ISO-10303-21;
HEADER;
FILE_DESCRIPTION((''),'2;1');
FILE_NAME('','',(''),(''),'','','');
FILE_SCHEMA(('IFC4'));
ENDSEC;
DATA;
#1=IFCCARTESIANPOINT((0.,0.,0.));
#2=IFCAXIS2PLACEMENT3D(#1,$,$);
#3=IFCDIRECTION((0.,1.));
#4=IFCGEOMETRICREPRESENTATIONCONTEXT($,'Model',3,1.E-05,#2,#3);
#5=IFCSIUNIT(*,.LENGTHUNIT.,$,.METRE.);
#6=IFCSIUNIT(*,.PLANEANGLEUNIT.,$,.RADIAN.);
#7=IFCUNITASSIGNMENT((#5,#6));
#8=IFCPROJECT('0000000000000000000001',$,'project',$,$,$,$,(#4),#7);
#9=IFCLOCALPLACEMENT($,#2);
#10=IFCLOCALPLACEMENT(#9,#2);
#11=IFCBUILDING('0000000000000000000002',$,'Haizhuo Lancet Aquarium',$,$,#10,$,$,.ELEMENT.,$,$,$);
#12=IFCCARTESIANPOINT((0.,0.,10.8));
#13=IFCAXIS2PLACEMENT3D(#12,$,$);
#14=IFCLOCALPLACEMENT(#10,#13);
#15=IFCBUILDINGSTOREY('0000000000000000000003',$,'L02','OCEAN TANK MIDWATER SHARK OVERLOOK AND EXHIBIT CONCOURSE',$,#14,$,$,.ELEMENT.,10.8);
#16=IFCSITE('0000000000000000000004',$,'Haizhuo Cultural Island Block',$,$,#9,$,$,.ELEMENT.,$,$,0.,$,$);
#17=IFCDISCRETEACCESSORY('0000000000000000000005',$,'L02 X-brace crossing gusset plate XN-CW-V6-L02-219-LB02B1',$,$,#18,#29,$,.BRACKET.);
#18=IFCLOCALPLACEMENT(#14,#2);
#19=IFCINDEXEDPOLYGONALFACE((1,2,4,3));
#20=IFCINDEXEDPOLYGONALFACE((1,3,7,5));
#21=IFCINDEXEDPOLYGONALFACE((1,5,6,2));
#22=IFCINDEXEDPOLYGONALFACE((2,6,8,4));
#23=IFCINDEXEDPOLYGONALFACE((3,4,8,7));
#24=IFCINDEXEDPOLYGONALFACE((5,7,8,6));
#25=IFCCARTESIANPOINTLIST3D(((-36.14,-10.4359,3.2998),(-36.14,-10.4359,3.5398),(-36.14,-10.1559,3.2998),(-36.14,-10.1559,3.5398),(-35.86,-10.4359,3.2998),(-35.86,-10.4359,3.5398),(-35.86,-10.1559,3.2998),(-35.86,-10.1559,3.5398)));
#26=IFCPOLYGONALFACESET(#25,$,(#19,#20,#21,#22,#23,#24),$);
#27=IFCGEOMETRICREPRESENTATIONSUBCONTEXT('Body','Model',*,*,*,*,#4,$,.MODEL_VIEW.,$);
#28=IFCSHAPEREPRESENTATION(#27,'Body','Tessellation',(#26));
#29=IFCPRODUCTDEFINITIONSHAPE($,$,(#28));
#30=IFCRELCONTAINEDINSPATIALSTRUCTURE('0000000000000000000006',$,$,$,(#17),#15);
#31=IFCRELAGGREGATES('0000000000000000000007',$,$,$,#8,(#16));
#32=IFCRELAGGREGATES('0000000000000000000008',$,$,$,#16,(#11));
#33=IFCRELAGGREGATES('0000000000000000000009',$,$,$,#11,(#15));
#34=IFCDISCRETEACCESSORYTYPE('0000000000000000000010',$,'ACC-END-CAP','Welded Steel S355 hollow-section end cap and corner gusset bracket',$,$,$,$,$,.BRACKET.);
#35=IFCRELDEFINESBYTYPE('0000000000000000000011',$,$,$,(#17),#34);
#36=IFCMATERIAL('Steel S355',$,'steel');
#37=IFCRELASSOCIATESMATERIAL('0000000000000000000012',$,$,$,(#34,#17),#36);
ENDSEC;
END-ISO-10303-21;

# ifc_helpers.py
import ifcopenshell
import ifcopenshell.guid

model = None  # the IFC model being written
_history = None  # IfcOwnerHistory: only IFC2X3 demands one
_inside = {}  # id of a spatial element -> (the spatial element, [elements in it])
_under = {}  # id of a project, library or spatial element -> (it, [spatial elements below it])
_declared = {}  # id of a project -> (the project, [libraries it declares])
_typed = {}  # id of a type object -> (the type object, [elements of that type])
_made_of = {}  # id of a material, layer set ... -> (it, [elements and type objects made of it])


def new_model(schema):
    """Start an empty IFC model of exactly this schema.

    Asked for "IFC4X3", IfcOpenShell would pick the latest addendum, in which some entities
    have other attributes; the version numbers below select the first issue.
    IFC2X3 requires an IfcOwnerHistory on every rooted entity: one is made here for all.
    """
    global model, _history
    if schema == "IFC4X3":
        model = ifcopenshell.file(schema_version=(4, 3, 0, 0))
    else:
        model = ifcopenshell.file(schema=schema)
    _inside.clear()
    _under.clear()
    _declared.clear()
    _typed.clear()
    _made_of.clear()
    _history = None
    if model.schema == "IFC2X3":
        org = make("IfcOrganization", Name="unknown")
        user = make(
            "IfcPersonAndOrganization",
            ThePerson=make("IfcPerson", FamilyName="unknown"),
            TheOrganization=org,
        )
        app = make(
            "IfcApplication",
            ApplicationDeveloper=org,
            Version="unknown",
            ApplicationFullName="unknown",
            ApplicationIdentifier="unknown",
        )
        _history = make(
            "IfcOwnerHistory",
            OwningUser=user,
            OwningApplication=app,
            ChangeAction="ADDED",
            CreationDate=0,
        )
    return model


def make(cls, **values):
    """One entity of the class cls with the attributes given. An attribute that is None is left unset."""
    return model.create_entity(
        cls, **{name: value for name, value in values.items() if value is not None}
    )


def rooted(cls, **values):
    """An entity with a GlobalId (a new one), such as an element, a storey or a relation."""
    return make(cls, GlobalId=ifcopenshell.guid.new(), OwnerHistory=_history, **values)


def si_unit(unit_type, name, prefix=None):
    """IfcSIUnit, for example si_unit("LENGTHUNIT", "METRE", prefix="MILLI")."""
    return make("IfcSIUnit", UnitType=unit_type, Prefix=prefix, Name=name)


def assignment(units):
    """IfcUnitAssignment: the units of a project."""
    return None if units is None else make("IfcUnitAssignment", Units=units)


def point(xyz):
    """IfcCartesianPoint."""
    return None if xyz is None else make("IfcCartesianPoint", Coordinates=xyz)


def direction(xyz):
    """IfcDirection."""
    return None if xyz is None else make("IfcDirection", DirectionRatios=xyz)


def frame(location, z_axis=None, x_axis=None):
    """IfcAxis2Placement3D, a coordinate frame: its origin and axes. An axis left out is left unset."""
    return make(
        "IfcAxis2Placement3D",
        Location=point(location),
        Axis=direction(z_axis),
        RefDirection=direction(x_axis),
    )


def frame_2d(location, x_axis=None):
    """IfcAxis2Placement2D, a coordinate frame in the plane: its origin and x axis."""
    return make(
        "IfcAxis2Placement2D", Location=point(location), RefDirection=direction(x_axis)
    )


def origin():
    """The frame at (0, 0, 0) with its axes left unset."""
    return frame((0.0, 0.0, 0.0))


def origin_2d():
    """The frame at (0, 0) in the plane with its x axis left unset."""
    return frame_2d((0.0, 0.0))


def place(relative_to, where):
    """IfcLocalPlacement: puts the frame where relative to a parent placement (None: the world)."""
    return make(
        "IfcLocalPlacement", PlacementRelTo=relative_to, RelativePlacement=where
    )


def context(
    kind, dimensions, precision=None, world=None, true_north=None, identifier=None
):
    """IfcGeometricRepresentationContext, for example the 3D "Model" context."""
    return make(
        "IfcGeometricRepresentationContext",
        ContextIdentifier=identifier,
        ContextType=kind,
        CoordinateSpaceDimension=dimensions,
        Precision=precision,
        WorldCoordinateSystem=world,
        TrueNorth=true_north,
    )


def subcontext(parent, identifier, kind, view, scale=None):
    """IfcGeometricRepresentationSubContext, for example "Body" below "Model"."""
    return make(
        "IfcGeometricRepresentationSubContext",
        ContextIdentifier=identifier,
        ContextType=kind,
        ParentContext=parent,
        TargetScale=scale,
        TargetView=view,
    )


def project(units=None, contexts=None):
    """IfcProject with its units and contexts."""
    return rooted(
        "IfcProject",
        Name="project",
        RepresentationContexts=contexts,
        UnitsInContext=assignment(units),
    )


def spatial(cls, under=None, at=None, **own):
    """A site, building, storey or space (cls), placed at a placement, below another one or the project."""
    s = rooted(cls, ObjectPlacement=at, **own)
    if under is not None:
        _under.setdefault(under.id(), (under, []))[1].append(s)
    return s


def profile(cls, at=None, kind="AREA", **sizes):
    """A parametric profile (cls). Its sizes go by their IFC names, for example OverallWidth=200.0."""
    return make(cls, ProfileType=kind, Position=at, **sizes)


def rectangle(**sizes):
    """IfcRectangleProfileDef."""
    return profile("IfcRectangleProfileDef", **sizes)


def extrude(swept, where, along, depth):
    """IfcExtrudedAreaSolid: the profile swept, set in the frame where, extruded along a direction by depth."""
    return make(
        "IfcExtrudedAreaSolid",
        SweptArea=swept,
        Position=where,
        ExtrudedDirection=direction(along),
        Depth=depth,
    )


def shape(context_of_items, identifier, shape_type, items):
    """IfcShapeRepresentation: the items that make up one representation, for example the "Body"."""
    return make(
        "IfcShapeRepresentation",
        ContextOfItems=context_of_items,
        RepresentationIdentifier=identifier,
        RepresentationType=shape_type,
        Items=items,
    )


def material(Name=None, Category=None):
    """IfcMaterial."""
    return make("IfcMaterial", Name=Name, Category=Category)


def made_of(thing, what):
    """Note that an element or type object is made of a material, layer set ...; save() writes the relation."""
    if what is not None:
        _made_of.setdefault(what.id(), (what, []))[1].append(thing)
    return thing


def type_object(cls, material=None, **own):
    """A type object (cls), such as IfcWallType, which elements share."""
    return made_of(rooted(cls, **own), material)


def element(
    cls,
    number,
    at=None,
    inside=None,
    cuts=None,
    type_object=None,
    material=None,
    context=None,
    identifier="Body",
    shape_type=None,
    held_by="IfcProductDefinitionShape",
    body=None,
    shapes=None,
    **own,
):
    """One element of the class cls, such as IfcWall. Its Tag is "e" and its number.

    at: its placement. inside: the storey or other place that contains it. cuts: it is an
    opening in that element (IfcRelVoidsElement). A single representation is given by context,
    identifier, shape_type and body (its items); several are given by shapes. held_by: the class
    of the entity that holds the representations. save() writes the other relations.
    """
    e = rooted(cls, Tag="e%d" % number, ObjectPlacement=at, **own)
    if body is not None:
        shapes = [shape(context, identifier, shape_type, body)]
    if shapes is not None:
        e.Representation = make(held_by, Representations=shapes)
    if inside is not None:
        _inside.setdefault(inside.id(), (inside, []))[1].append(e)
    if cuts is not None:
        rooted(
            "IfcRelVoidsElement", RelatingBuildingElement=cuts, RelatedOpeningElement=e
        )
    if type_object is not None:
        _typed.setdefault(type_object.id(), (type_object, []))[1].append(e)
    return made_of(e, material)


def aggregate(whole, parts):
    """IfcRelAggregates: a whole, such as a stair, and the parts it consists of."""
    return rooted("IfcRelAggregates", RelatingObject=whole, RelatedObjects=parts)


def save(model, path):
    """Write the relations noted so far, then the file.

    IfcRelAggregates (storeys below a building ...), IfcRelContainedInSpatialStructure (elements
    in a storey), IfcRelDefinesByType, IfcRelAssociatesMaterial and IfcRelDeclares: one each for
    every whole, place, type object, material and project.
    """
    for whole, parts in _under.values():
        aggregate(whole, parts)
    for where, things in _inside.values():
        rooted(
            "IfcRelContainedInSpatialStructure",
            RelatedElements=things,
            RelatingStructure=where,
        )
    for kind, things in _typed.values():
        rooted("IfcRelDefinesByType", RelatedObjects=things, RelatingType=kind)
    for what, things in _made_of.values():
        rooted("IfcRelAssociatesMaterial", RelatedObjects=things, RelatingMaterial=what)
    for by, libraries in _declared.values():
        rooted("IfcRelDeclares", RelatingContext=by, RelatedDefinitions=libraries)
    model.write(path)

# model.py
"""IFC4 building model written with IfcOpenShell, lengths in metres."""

from ifc_helpers import new_model, si_unit, direction, frame, origin, origin_2d, place, context, subcontext, project, spatial, rectangle, extrude, material, type_object, element, save


model = new_model("IFC4")

# Units and contexts
model_context = context("Model", 3, precision=1e-05, world=origin(), true_north=direction((0.0, 1.0)))
body_context = subcontext(model_context, "Body", "Model", "MODEL_VIEW")
ifc_project = project(units=[si_unit("LENGTHUNIT", "METRE"), si_unit("PLANEANGLEUNIT", "RADIAN")], contexts=[model_context])

# Site, building, storey
site_placement = place(None, origin())
site = spatial("IfcSite", under=ifc_project, at=site_placement, Name="Haizhuo Cultural Island Block", CompositionType="ELEMENT", RefElevation=0.0)
building_placement = place(site_placement, origin())
building = spatial("IfcBuilding", under=site, at=building_placement, Name="Haizhuo Lancet Aquarium", CompositionType="ELEMENT")
storey_placement = place(building_placement, frame((0.0, 0.0, 10.8)))
storey = spatial("IfcBuildingStorey", under=building, at=storey_placement, Name="L02", Description="OCEAN TANK MIDWATER SHARK OVERLOOK AND EXHIBIT CONCOURSE", CompositionType="ELEMENT", Elevation=10.8)

# Shared definitions
ifc_material_1 = material(Name="Steel S355", Category="steel")

# Discrete accessory
discrete_accessory_type = type_object("IfcDiscreteAccessoryType", Name="ACC-END-CAP", Description="Welded Steel S355 hollow-section end cap and corner gusset bracket", PredefinedType="BRACKET", material=ifc_material_1)
for number, where, z_axis, x_axis, name in (
    (1, (-36.0, -10.2959, 3.2998), (0.0, 0.0, 1.0), (1.0, 0.0, 0.0), "L02 X-brace crossing gusset plate XN-CW-V6-L02-219-LB02B1"),
):
    element("IfcDiscreteAccessory", number, at=place(storey_placement, frame(where, z_axis=z_axis, x_axis=x_axis)), inside=storey, type_object=discrete_accessory_type, material=ifc_material_1, Name=name, PredefinedType="BRACKET", context=body_context, shape_type="SweptSolid", body=[
        extrude(rectangle(XDim=0.28, YDim=0.28, at=origin_2d()), origin(), (0.0, 0.0, 1.0), 0.24),
    ])

save(model, "model.ifc")
